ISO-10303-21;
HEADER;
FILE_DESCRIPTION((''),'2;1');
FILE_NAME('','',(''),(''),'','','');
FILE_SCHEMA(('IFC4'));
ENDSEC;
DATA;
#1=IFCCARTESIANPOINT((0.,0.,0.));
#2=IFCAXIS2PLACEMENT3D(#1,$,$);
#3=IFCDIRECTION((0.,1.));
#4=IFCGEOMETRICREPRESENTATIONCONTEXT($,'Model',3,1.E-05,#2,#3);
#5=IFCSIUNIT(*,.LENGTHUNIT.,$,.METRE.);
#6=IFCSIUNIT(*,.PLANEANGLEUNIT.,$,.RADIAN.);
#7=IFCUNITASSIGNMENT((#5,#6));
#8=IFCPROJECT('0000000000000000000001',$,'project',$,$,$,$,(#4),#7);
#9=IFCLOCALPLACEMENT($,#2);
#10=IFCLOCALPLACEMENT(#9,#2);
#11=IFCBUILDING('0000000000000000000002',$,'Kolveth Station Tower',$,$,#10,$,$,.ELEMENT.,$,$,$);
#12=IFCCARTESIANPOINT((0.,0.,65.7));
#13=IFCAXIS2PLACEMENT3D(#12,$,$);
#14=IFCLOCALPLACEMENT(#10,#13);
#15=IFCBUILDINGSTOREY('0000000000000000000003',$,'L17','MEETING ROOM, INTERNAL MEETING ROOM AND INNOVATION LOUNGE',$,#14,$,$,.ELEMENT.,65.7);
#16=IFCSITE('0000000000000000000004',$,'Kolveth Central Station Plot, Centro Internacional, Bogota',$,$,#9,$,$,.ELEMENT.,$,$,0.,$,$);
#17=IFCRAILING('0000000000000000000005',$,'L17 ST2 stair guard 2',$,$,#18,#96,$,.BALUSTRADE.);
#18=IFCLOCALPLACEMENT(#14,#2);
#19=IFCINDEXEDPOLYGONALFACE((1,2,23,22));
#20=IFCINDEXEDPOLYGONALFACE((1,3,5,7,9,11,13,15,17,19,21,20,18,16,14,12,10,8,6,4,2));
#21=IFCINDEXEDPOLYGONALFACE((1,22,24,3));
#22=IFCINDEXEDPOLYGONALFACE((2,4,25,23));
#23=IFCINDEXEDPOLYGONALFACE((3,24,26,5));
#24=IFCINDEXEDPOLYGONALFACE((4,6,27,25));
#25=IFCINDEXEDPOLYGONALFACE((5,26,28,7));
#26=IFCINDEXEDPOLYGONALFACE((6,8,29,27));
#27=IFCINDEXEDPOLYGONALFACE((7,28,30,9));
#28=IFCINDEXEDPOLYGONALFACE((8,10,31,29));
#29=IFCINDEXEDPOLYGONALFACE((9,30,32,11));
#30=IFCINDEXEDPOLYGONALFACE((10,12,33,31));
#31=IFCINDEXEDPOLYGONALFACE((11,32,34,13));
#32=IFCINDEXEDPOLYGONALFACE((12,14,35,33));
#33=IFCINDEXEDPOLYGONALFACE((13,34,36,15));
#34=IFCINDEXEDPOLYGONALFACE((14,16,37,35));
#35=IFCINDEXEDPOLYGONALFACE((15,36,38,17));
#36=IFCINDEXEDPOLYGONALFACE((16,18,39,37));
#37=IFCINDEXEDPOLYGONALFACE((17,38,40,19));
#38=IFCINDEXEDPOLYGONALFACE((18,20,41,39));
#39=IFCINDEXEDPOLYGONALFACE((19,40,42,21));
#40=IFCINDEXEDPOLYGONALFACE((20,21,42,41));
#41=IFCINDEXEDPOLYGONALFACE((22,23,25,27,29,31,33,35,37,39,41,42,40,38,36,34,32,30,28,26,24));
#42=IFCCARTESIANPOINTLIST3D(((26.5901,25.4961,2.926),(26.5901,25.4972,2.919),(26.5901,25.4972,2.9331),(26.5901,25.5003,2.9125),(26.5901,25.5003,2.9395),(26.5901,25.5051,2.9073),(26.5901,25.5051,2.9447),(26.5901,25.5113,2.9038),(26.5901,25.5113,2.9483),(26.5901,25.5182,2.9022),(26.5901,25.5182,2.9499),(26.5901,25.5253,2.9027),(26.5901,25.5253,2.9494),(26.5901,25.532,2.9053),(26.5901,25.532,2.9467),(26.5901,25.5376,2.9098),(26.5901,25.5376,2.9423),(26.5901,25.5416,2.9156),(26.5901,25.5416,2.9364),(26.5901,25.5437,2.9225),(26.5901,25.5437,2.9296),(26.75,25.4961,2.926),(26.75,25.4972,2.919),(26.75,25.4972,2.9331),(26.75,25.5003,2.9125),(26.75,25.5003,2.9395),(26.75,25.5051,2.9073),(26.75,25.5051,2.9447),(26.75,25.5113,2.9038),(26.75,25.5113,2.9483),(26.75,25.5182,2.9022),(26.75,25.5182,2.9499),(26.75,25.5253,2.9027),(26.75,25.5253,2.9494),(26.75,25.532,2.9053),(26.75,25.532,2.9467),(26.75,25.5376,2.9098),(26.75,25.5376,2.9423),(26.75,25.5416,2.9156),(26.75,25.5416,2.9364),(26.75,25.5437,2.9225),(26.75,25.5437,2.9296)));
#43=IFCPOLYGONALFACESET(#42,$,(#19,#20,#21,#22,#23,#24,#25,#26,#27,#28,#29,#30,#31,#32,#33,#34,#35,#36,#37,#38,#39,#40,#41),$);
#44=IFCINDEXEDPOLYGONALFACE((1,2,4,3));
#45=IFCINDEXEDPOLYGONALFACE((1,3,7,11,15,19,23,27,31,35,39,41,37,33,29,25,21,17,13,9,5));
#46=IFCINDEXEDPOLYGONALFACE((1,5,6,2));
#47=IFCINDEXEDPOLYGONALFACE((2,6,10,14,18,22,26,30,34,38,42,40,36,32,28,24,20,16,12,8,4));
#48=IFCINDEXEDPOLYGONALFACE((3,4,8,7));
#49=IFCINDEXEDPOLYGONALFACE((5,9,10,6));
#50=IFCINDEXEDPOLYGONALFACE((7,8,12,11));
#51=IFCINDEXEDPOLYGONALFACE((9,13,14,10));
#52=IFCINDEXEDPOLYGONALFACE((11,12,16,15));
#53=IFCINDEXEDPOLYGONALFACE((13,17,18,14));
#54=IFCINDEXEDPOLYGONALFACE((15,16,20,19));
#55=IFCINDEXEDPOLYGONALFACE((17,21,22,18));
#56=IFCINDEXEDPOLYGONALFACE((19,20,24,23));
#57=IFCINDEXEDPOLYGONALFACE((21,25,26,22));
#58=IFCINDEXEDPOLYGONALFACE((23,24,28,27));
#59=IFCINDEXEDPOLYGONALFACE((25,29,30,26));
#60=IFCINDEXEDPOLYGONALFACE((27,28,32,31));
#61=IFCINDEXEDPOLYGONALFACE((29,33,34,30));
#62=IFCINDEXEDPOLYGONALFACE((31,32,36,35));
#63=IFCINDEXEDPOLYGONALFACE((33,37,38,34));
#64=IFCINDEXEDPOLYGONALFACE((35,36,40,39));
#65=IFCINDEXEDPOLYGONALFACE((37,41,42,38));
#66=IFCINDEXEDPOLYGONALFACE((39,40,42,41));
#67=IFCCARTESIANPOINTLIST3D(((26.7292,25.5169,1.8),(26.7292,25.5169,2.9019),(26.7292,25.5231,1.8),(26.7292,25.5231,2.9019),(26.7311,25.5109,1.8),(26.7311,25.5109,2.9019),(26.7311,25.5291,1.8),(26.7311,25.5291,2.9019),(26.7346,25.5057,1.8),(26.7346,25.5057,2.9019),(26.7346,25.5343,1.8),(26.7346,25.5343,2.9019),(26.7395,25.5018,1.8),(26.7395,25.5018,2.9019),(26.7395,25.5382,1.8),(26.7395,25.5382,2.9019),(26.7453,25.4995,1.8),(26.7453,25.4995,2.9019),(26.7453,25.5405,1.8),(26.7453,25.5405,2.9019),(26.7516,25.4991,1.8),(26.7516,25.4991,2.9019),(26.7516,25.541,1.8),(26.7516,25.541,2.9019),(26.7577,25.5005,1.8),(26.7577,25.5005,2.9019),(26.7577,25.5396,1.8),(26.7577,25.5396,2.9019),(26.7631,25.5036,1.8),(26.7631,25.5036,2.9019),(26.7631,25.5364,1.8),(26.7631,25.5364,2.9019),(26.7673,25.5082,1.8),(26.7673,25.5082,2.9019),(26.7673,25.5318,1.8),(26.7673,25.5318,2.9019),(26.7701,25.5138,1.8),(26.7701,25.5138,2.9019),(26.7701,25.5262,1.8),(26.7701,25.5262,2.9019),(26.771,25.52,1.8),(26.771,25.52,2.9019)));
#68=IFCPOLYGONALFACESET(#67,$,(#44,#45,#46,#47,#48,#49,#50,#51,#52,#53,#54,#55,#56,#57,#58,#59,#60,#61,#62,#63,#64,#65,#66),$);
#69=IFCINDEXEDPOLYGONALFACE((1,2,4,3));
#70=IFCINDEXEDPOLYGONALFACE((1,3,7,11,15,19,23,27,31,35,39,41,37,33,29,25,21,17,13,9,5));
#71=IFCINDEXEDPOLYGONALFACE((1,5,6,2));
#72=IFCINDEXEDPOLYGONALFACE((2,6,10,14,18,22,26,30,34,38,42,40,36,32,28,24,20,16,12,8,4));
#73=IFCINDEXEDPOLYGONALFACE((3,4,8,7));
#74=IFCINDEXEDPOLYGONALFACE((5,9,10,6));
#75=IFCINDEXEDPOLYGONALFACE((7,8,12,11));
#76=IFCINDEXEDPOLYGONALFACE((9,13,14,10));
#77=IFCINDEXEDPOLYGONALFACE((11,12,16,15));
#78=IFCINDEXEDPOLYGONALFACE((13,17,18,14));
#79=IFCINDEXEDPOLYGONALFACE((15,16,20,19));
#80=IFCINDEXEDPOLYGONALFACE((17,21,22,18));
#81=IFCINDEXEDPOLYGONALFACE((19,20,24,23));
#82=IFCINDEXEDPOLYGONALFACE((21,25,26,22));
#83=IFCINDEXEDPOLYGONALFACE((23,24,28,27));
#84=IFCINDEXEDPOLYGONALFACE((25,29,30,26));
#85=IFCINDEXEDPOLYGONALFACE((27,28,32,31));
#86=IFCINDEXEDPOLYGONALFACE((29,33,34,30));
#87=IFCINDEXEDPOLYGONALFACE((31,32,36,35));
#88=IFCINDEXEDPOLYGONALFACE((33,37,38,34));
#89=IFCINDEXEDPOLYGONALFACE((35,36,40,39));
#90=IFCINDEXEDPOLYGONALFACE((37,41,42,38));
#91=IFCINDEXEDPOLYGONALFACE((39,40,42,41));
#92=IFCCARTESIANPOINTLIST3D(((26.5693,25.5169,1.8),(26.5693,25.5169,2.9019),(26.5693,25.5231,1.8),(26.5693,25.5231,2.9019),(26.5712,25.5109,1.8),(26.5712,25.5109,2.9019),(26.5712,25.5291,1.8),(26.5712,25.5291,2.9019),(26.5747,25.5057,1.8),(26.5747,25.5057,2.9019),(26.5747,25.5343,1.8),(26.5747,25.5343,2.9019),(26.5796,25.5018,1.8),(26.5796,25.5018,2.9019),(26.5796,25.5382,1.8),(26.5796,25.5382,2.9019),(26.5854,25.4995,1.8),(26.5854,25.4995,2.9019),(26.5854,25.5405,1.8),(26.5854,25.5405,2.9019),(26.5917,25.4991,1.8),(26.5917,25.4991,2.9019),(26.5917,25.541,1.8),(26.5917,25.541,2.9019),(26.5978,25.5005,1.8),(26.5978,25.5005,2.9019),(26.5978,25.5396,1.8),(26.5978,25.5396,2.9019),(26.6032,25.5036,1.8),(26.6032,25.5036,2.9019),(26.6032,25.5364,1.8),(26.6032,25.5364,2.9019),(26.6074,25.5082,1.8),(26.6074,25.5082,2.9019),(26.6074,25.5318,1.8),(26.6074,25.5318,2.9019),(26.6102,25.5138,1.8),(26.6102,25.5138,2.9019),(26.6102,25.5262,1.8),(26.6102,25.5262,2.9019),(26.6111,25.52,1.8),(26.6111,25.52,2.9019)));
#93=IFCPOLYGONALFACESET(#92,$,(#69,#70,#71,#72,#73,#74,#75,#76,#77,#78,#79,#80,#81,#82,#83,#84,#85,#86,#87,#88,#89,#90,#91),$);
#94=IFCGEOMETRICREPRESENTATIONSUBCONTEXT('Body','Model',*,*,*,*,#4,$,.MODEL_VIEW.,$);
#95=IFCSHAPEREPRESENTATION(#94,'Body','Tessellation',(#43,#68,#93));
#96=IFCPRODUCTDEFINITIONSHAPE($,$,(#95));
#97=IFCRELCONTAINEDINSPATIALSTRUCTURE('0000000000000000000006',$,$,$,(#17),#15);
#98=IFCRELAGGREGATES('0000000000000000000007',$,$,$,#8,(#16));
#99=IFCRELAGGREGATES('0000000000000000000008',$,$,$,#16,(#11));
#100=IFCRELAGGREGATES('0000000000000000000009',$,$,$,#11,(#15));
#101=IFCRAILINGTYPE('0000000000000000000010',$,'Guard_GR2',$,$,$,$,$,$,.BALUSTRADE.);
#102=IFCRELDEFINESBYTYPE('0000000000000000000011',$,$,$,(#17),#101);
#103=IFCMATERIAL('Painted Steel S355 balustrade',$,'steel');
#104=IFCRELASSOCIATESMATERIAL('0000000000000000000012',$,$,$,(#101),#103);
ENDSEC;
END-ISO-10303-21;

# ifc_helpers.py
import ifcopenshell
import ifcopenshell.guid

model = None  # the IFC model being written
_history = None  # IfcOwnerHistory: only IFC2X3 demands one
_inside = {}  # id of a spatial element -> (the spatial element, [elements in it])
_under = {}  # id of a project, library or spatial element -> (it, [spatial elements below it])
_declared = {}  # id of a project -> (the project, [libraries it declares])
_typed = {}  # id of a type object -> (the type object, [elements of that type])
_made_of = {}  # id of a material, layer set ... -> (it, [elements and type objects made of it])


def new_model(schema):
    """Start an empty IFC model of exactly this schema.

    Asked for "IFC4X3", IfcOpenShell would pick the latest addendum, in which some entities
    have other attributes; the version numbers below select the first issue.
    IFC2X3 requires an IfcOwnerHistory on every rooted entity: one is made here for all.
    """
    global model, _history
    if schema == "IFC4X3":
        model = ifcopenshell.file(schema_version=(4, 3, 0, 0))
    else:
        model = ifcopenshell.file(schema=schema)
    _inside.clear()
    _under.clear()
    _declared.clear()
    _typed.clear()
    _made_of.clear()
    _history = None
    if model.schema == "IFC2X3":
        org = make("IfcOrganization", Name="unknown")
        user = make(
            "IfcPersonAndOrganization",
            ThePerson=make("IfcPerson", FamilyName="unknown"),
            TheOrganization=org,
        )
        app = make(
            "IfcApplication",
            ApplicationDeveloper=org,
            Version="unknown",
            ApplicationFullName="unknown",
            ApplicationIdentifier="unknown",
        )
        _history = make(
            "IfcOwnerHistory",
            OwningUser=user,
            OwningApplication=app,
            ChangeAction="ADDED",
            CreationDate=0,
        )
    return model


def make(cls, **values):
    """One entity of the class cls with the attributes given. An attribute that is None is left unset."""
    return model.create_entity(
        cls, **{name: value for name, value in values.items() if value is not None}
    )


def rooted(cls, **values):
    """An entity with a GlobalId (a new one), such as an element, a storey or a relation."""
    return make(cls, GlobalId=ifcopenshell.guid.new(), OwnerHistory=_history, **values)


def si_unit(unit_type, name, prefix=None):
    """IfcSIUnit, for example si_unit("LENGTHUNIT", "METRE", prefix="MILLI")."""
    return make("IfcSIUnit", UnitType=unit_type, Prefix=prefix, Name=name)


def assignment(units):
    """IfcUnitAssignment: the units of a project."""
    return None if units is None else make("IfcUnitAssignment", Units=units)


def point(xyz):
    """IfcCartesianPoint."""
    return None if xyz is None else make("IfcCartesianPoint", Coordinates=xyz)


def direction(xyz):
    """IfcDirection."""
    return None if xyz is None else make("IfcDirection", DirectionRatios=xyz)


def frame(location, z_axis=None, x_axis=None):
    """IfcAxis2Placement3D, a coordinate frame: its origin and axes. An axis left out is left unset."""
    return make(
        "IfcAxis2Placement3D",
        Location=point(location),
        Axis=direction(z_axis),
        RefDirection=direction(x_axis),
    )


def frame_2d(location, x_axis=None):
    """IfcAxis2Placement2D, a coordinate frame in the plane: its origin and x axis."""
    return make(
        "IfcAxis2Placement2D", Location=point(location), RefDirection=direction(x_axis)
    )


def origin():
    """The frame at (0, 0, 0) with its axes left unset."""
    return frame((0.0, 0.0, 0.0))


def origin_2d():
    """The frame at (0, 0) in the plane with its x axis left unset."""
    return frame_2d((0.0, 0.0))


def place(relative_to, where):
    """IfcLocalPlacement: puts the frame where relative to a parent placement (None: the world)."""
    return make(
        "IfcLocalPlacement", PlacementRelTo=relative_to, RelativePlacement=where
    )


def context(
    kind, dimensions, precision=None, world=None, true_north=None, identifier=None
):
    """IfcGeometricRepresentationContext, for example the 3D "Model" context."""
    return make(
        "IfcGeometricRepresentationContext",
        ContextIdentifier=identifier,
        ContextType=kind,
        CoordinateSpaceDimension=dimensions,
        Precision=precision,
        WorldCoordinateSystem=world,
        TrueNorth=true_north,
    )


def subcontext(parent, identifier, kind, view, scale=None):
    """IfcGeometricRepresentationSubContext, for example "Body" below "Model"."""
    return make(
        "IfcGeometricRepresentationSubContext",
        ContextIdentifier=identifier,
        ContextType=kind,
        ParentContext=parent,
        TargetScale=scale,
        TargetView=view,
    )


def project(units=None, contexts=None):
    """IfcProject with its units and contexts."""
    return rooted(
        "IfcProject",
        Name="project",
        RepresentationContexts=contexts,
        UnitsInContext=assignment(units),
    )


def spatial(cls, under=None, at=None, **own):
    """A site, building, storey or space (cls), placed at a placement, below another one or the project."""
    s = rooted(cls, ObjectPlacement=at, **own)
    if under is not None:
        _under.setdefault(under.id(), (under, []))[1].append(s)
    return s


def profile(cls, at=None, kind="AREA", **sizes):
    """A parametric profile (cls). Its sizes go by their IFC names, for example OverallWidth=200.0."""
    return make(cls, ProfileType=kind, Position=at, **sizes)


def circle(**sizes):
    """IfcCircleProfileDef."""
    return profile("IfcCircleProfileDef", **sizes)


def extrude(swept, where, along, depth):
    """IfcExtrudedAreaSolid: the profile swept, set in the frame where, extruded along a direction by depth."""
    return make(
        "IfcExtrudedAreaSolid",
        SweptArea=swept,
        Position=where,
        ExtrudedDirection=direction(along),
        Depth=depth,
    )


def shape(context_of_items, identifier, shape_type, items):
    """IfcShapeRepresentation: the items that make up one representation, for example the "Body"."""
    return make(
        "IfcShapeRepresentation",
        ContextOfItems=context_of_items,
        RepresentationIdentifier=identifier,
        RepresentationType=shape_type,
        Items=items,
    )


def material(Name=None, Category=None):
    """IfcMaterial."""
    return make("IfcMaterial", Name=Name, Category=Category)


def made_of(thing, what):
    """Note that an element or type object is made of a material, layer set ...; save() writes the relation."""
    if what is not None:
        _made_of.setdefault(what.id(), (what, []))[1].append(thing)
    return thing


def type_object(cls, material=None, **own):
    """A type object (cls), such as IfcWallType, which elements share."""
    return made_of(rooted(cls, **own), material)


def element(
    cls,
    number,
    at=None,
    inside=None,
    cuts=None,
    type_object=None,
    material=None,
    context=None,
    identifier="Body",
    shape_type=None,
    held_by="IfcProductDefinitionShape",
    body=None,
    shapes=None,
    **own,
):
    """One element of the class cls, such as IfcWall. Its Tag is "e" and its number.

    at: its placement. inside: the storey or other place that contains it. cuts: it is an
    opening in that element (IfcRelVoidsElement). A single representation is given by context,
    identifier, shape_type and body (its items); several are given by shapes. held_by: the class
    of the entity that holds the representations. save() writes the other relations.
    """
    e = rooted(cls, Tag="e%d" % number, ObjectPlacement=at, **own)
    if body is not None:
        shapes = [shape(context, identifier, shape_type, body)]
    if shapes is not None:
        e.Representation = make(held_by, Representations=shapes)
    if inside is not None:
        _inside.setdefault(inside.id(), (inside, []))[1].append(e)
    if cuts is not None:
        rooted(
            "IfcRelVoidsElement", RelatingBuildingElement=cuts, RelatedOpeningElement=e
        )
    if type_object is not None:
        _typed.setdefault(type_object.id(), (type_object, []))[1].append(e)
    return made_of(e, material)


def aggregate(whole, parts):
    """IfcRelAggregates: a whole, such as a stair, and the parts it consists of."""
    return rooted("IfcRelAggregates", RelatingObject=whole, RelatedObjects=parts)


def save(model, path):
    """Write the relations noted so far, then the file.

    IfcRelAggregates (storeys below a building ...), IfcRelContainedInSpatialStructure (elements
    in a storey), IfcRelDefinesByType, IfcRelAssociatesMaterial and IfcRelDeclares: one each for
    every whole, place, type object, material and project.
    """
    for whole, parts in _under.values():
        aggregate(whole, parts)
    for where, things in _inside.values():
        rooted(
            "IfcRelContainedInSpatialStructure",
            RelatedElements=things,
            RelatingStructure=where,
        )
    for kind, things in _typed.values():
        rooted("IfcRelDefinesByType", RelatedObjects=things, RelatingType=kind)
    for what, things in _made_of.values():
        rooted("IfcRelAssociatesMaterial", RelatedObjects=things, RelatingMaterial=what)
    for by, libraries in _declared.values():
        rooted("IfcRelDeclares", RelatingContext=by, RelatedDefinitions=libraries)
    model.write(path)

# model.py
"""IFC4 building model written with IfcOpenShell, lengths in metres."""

from ifc_helpers import new_model, si_unit, direction, frame, origin, origin_2d, place, context, subcontext, project, spatial, circle, extrude, material, type_object, element, save


model = new_model("IFC4")

# Units and contexts
model_context = context("Model", 3, precision=1e-05, world=origin(), true_north=direction((0.0, 1.0)))
body_context = subcontext(model_context, "Body", "Model", "MODEL_VIEW")
ifc_project = project(units=[si_unit("LENGTHUNIT", "METRE"), si_unit("PLANEANGLEUNIT", "RADIAN")], contexts=[model_context])

# Site, building, storey
site_placement = place(None, origin())
site = spatial("IfcSite", under=ifc_project, at=site_placement, Name="Kolveth Central Station Plot, Centro Internacional, Bogota", CompositionType="ELEMENT", RefElevation=0.0)
building_placement = place(site_placement, origin())
building = spatial("IfcBuilding", under=site, at=building_placement, Name="Kolveth Station Tower", CompositionType="ELEMENT")
storey_placement = place(building_placement, frame((0.0, 0.0, 65.7)))
storey = spatial("IfcBuildingStorey", under=building, at=storey_placement, Name="L17", Description="MEETING ROOM, INTERNAL MEETING ROOM AND INNOVATION LOUNGE", CompositionType="ELEMENT", Elevation=65.7)

# Railing
ifc_material_1 = material(Name="Painted Steel S355 balustrade", Category="steel")
railing_type_1 = type_object("IfcRailingType", Name="Guard_GR2", PredefinedType="BALUSTRADE", material=ifc_material_1)
railing_1_placement = place(storey_placement, frame((26.75, 25.52, 1.8)))
element("IfcRailing", 1, at=railing_1_placement, inside=storey, type_object=railing_type_1, Name="L17 ST2 stair guard 2", PredefinedType="BALUSTRADE", context=body_context, shape_type="SweptSolid", body=[
    extrude(circle(Radius=0.0239, at=origin_2d()), frame((0.0, 0.0, 1.126), z_axis=(-1.0, 0.0, 0.0), x_axis=(0.0, -1.0, 0.0)), (0.0, 0.0, 1.0), 0.1599),
    extrude(circle(Radius=0.021, at=origin_2d()), origin(), (0.0, 0.0, 1.0), 1.1018),
    extrude(circle(Radius=0.021, at=origin_2d()), frame((-0.1599, 0.0, 0.0)), (0.0, 0.0, 1.0), 1.1018),
])

save(model, "model.ifc")
